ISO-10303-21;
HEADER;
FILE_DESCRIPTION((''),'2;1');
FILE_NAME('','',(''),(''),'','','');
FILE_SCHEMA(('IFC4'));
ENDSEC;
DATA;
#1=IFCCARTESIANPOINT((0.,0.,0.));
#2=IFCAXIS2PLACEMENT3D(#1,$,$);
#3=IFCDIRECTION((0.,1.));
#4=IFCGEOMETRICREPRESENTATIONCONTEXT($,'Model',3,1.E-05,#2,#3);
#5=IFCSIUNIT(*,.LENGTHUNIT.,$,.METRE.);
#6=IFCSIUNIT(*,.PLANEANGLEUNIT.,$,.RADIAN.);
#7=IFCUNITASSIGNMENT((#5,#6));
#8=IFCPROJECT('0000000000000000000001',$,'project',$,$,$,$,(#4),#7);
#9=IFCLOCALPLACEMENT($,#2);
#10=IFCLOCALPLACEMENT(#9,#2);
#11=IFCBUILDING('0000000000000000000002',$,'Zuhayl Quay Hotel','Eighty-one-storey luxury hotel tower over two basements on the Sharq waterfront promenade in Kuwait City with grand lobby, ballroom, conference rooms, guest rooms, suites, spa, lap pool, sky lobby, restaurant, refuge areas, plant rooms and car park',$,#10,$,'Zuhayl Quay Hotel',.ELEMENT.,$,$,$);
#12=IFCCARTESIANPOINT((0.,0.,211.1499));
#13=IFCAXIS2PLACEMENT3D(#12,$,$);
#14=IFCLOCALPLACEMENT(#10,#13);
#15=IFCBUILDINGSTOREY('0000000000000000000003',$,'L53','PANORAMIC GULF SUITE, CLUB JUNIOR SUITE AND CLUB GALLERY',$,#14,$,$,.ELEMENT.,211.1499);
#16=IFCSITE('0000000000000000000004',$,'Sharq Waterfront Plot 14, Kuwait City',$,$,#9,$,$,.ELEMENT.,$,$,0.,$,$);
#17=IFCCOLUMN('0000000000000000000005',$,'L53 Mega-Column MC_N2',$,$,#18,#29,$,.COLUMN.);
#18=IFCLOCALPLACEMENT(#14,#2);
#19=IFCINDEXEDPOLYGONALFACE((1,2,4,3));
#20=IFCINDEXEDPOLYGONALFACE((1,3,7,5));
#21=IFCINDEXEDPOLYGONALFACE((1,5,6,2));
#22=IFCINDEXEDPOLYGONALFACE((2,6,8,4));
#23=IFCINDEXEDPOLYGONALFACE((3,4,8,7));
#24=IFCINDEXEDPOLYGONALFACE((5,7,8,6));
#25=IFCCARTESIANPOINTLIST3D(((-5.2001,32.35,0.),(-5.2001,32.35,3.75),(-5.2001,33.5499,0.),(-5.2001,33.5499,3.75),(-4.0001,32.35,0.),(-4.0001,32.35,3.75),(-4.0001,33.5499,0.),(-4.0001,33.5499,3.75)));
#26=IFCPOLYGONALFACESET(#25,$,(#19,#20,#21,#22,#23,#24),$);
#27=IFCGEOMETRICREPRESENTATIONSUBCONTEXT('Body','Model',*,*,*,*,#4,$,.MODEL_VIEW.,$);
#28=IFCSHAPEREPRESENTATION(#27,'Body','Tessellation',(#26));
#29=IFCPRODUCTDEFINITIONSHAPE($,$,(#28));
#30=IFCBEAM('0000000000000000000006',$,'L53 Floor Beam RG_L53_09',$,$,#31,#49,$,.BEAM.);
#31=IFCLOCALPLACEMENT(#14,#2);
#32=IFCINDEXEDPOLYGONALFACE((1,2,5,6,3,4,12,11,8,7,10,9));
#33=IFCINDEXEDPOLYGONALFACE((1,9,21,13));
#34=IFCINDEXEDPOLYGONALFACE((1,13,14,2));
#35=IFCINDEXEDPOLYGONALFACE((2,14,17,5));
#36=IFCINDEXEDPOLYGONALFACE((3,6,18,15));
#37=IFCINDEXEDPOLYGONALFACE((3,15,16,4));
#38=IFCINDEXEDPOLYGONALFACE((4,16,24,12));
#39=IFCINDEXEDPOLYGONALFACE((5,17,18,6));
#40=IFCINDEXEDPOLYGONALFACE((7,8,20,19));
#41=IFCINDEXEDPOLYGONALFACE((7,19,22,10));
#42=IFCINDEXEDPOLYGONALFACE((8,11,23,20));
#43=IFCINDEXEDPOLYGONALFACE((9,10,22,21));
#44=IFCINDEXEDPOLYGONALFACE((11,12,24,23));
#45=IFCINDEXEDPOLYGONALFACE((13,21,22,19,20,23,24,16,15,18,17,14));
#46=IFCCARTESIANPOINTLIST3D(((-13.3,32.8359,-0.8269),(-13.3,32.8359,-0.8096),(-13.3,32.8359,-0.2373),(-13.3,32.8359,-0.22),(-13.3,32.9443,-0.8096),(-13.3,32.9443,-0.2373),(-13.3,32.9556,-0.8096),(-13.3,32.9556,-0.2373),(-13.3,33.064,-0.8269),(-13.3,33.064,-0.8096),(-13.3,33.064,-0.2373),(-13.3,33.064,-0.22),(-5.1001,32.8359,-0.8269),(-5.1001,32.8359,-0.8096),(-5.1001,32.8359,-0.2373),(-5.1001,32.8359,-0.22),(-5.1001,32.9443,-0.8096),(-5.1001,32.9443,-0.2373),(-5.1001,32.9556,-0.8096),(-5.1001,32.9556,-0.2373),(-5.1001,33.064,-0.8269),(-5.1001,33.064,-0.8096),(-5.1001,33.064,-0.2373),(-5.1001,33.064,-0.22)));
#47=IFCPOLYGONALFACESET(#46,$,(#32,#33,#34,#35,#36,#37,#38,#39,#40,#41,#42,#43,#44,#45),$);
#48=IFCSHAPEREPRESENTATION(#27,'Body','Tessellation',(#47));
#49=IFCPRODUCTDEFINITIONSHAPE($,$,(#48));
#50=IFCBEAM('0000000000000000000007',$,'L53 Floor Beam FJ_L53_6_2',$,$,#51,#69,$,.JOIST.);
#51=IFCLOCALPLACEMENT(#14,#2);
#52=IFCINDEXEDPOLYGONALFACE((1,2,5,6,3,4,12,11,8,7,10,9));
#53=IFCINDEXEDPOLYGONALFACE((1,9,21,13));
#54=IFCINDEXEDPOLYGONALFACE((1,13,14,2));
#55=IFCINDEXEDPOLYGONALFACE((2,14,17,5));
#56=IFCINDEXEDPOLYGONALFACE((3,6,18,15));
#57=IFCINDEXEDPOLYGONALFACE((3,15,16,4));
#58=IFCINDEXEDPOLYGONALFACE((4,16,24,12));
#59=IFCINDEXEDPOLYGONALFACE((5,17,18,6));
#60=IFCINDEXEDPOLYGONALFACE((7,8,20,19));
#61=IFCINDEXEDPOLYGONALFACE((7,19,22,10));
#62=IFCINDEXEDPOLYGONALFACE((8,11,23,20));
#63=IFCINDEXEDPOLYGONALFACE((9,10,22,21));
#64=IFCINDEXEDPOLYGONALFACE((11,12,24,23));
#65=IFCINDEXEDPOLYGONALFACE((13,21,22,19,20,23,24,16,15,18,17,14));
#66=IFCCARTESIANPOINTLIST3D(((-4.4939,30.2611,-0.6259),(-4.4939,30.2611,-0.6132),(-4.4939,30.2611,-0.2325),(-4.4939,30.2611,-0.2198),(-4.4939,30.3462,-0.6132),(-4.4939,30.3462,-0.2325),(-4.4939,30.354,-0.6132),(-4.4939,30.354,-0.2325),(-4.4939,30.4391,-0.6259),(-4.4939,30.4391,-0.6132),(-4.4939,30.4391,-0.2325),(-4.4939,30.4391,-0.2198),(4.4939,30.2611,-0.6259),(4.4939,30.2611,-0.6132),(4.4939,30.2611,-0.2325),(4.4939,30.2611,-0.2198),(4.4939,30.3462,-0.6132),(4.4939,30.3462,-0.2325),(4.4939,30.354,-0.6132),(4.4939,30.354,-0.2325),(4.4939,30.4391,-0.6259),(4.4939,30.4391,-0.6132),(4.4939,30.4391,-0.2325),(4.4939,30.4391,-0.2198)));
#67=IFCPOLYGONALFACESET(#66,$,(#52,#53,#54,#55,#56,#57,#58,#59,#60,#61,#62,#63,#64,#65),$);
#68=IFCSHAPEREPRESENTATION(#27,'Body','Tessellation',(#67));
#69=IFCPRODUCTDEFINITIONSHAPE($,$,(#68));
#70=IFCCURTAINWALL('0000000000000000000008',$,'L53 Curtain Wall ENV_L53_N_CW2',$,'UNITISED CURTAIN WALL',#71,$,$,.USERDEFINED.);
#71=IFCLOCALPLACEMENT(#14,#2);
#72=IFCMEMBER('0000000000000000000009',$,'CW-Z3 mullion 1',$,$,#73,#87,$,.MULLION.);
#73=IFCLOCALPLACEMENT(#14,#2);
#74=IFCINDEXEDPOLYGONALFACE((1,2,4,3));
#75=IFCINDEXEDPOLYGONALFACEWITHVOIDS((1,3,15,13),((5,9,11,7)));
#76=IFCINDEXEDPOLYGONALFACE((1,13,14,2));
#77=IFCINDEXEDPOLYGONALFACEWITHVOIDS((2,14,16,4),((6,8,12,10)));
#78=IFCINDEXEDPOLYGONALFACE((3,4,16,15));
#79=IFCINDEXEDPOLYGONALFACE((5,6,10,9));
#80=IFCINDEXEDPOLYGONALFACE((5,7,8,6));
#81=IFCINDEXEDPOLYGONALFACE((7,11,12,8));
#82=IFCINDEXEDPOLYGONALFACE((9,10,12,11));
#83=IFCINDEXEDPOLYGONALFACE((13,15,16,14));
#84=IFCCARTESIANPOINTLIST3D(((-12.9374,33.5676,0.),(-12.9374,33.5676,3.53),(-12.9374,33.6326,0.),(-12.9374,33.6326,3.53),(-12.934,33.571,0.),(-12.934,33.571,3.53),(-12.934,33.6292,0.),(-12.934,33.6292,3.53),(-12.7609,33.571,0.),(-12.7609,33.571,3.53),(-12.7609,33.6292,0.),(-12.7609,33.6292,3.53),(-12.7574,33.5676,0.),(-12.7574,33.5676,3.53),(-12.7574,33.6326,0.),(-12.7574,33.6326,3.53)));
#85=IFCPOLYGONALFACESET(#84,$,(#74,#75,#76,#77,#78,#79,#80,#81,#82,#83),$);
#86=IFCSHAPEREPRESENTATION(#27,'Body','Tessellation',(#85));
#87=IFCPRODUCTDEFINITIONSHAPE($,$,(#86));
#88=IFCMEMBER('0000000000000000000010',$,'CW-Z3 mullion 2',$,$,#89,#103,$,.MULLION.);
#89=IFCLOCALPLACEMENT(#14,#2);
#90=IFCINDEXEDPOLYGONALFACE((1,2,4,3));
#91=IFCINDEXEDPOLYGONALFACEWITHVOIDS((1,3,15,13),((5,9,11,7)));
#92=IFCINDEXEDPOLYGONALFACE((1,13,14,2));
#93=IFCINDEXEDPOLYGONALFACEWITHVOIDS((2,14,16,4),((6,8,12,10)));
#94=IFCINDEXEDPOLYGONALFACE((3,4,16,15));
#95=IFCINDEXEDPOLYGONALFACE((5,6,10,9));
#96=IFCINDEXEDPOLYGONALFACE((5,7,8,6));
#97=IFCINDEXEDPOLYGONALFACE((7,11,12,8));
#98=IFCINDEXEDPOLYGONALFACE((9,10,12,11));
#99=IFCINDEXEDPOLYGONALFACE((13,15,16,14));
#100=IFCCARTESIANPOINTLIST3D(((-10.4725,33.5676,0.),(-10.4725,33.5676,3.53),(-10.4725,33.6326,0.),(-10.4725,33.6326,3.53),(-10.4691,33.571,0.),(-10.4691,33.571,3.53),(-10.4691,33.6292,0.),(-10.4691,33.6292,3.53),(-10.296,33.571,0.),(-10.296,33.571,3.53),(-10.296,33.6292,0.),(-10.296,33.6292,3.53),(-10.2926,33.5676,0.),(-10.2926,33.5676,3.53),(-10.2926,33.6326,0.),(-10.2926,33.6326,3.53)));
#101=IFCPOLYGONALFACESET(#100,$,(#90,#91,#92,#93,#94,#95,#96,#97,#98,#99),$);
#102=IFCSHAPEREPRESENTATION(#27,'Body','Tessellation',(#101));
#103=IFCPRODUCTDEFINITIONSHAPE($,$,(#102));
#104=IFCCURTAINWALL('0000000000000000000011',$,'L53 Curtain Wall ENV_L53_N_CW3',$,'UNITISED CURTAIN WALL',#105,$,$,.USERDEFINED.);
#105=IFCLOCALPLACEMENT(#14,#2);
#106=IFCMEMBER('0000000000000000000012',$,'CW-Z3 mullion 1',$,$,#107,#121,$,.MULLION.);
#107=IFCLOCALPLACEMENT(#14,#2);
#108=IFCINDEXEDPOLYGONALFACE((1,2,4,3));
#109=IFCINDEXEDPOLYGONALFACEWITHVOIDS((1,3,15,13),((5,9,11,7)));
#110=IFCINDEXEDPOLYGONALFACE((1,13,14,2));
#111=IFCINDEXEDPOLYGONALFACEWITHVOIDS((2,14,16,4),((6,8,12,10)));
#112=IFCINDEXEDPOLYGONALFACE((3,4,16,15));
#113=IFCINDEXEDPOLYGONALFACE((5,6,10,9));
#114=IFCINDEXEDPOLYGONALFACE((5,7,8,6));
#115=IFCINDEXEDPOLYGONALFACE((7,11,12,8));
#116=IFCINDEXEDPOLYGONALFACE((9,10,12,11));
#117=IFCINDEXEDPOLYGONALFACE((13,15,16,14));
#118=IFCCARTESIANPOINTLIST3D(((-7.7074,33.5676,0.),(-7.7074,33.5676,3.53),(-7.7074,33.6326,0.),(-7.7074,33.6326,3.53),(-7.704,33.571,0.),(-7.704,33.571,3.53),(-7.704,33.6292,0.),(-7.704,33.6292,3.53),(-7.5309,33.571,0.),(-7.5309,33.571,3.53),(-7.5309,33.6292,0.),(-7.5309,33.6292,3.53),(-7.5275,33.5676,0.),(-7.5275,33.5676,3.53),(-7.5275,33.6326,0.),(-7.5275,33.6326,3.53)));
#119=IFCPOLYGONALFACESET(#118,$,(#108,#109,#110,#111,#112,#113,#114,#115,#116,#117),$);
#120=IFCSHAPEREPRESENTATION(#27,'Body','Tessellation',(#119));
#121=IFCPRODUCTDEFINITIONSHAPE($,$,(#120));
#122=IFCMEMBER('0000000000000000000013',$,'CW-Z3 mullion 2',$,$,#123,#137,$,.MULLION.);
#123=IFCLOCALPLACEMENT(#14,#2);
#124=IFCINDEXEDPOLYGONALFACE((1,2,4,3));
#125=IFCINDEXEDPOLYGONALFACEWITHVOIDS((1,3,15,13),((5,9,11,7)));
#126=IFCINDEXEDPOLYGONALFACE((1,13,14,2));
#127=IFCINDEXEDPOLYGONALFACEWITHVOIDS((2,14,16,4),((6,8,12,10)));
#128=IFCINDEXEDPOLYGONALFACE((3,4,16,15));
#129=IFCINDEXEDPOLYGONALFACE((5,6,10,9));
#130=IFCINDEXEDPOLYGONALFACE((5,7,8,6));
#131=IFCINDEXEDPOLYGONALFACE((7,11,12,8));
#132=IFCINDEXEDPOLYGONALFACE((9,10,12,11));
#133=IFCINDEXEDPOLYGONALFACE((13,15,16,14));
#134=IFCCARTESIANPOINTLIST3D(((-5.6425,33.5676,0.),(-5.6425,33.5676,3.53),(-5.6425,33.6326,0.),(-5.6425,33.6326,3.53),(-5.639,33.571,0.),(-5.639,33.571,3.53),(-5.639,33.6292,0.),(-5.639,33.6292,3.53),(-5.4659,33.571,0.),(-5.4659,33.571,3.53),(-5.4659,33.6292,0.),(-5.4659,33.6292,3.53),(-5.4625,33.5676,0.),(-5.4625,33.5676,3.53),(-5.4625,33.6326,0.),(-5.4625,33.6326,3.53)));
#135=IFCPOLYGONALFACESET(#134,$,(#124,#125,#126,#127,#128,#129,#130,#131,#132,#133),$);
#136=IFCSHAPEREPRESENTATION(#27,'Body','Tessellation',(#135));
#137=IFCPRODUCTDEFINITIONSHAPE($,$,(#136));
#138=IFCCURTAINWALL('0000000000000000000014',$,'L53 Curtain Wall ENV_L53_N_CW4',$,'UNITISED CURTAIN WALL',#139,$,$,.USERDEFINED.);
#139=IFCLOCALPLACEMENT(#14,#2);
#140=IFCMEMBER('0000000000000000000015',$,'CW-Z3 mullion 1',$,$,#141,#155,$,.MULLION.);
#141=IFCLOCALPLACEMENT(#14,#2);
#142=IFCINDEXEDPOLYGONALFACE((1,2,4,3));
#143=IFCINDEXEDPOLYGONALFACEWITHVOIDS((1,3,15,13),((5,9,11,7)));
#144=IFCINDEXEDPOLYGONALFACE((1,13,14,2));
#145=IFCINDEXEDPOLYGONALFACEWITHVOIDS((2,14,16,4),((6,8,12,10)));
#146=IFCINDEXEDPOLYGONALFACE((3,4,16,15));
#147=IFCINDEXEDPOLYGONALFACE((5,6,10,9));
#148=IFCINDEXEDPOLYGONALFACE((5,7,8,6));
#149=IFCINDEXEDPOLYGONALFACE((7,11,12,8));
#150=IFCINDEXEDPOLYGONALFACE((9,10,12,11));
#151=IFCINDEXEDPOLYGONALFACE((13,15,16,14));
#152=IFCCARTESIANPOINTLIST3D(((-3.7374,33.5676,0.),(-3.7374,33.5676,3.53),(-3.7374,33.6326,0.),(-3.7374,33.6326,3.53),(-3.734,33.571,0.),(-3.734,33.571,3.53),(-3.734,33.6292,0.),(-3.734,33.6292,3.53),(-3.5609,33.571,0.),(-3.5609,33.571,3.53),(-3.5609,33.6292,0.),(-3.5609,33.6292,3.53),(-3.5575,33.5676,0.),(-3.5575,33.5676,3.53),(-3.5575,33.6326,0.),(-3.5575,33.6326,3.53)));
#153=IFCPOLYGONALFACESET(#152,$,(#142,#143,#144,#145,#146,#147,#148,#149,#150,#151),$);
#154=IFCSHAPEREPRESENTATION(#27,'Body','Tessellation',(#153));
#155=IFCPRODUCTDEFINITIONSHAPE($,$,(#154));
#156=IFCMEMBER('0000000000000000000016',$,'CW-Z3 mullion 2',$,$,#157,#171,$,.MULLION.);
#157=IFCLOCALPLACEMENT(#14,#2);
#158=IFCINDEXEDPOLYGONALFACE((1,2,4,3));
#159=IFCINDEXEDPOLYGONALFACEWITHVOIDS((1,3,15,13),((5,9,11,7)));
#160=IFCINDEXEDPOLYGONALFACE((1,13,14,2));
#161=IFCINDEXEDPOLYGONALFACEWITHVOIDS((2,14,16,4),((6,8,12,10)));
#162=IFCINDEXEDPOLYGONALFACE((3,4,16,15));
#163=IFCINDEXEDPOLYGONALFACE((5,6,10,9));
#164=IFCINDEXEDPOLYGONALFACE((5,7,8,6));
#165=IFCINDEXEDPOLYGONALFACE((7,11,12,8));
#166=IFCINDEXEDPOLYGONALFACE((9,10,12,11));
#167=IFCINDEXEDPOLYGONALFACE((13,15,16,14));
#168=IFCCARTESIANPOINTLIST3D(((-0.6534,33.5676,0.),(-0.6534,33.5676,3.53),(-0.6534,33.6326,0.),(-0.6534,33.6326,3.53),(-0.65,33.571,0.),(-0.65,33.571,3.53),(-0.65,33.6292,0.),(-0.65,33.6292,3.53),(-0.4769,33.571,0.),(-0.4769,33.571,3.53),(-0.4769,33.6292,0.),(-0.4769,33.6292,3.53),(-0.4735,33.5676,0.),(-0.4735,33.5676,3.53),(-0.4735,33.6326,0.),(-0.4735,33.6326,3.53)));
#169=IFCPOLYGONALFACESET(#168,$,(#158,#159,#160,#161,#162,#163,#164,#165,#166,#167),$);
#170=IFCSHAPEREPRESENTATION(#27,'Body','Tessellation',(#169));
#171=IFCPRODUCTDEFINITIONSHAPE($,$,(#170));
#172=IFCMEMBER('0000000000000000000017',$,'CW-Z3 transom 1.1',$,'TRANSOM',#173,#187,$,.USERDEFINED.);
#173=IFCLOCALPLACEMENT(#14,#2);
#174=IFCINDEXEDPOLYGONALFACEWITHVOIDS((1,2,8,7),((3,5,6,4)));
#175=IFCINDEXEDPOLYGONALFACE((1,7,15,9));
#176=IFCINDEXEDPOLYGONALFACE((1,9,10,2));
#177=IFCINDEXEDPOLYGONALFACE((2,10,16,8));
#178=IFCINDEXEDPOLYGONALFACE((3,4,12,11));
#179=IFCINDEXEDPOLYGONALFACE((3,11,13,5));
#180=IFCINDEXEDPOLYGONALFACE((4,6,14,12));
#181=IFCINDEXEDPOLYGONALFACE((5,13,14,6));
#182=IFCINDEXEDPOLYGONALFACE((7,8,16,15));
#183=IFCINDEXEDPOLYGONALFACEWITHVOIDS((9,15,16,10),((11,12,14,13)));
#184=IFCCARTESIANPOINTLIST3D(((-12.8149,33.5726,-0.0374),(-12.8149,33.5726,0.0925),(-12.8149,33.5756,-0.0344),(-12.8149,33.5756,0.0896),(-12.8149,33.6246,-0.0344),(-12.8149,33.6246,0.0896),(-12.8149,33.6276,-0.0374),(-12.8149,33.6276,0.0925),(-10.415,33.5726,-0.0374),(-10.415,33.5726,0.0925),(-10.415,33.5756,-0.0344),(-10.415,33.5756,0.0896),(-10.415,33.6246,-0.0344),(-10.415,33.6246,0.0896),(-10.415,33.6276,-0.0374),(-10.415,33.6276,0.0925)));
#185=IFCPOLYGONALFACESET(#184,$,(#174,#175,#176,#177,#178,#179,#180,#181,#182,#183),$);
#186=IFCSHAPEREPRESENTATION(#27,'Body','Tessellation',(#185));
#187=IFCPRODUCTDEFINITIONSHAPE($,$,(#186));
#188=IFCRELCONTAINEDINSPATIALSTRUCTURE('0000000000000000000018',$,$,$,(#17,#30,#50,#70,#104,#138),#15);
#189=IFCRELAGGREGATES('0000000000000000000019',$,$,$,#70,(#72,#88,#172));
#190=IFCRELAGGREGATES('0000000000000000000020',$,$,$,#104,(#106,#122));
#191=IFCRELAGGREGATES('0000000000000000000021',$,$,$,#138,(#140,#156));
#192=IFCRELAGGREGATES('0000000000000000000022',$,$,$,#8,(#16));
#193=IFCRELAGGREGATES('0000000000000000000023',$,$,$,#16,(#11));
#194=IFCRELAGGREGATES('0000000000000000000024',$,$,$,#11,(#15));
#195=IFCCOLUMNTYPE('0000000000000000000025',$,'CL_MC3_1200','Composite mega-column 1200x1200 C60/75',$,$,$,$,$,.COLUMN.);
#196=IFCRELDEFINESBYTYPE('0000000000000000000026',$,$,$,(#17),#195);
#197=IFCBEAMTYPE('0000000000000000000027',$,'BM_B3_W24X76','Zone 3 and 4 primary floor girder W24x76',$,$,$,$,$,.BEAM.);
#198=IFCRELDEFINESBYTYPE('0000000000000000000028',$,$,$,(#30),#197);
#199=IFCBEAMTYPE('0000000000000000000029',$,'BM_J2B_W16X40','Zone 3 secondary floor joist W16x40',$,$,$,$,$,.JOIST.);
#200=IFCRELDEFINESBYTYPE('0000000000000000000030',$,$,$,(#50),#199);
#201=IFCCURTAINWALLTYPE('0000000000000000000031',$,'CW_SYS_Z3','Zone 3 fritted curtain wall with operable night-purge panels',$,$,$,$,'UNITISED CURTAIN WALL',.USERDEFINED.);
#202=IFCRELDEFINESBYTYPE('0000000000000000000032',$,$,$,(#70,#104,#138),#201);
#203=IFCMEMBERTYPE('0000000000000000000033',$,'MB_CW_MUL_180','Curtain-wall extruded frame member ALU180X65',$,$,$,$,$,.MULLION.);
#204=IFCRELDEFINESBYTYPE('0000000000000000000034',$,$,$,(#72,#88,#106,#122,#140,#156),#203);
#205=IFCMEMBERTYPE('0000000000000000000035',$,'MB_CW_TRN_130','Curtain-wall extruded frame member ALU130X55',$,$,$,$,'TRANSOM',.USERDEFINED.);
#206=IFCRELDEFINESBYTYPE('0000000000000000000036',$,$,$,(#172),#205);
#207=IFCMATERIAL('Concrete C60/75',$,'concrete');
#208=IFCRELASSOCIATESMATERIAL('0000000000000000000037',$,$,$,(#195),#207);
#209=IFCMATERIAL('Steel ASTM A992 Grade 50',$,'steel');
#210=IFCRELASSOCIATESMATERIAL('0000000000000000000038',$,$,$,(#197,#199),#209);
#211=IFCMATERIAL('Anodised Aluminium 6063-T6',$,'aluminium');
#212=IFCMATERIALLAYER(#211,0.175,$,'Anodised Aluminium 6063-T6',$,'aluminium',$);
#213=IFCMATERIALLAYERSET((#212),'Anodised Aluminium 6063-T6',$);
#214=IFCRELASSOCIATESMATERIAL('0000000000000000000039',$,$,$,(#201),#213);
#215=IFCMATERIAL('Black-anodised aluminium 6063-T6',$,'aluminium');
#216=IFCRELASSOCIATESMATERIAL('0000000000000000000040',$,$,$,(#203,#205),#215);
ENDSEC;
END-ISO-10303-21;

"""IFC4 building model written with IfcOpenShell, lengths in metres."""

from ifc_helpers import new_model, si_unit, direction, frame, origin, origin_2d, place, context, subcontext, project, spatial, rectangle, hollow_rectangle, i_section, extrude, material, layer, layer_set, material_profile, profile_set, type_object, element, aggregate, save


model = new_model("IFC4")

# Units and contexts
model_context = context("Model", 3, precision=1e-05, world=origin(), true_north=direction((0.0, 1.0)))
body_context = subcontext(model_context, "Body", "Model", "MODEL_VIEW")
ifc_project = project(units=[si_unit("LENGTHUNIT", "METRE"), si_unit("PLANEANGLEUNIT", "RADIAN")], contexts=[model_context])

# Site, building, storey
site_placement = place(None, origin())
site = spatial("IfcSite", under=ifc_project, at=site_placement, Name="Sharq Waterfront Plot 14, Kuwait City", CompositionType="ELEMENT", RefElevation=0.0)
building_placement = place(site_placement, origin())
building = spatial("IfcBuilding", under=site, at=building_placement, Name="Zuhayl Quay Hotel", Description="Eighty-one-storey luxury hotel tower over two basements on the Sharq waterfront promenade in Kuwait City with grand lobby, ballroom, conference rooms, guest rooms, suites, spa, lap pool, sky lobby, restaurant, refuge areas, plant rooms and car park", LongName="Zuhayl Quay Hotel", CompositionType="ELEMENT")
storey_placement = place(building_placement, frame((0.0, 0.0, 211.1499)))
storey = spatial("IfcBuildingStorey", under=building, at=storey_placement, Name="L53", Description="PANORAMIC GULF SUITE, CLUB JUNIOR SUITE AND CLUB GALLERY", CompositionType="ELEMENT", Elevation=211.1499)

# Column
ifc_material_1 = material(Name="Concrete C60/75", Category="concrete")
ifc_material_profile_1 = material_profile(ifc_material_1, rectangle(XDim=1.2, YDim=1.2, at=origin_2d()), Name="RC1200X1200")
ifc_profile_set_1 = profile_set([ifc_material_profile_1], Name="Concrete C60/75")
column_type = type_object("IfcColumnType", Name="CL_MC3_1200", Description="Composite mega-column 1200x1200 C60/75", PredefinedType="COLUMN", material=ifc_profile_set_1)
column_placement = place(storey_placement, frame((-4.6001, 32.95, 0.0), z_axis=(0.0, 0.0, 1.0), x_axis=(1.0, 0.0, 0.0)))
element("IfcColumn", 1, at=column_placement, inside=storey, type_object=column_type, Name="L53 Mega-Column MC_N2", PredefinedType="COLUMN", context=body_context, shape_type="SweptSolid", body=[
    extrude(rectangle(XDim=1.2, YDim=1.2, at=origin_2d()), origin(), (0.0, 0.0, 1.0), 3.75),
])

# Beams
ifc_material_2 = material(Name="Steel ASTM A992 Grade 50", Category="steel")
ifc_material_profile_2 = material_profile(ifc_material_2, i_section(OverallWidth=0.228, OverallDepth=0.6069, WebThickness=0.0112, FlangeThickness=0.0173, at=origin_2d()), Name="W24X76")
ifc_profile_set_2 = profile_set([ifc_material_profile_2], Name="Steel ASTM A992 Grade 50")
beam_type_1 = type_object("IfcBeamType", Name="BM_B3_W24X76", Description="Zone 3 and 4 primary floor girder W24x76", PredefinedType="BEAM", material=ifc_profile_set_2)
beam_1_placement = place(storey_placement, frame((-5.1001, 32.95, -0.5234), z_axis=(-1.0, 0.0, 0.0), x_axis=(0.0, -1.0, 0.0)))
element("IfcBeam", 2, at=beam_1_placement, inside=storey, type_object=beam_type_1, Name="L53 Floor Beam RG_L53_09", PredefinedType="BEAM", context=body_context, shape_type="SweptSolid", body=[
    extrude(i_section(OverallWidth=0.228, OverallDepth=0.6069, WebThickness=0.0112, FlangeThickness=0.0173, at=origin_2d()), origin(), (0.0, 0.0, 1.0), 8.2),
])
ifc_material_profile_3 = material_profile(ifc_material_2, i_section(OverallWidth=0.178, OverallDepth=0.406, WebThickness=0.0078, FlangeThickness=0.0127, at=origin_2d()), Name="W16X40")
ifc_profile_set_3 = profile_set([ifc_material_profile_3], Name="Steel ASTM A992 Grade 50")
beam_type_2 = type_object("IfcBeamType", Name="BM_J2B_W16X40", Description="Zone 3 secondary floor joist W16x40", PredefinedType="JOIST", material=ifc_profile_set_3)
beam_2_placement = place(storey_placement, frame((-4.4939, 30.3501, -0.4229), z_axis=(1.0, 0.0, 0.0), x_axis=(0.0, 1.0, 0.0)))
element("IfcBeam", 3, at=beam_2_placement, inside=storey, type_object=beam_type_2, Name="L53 Floor Beam FJ_L53_6_2", PredefinedType="JOIST", context=body_context, shape_type="SweptSolid", body=[
    extrude(i_section(OverallWidth=0.178, OverallDepth=0.406, WebThickness=0.0078, FlangeThickness=0.0127, at=origin_2d()), origin(), (0.0, 0.0, 1.0), 8.9878),
])

# Curtain walls, members
ifc_material_3 = material(Name="Anodised Aluminium 6063-T6", Category="aluminium")
ifc_layer_1 = layer(ifc_material_3, 0.175, Name="Anodised Aluminium 6063-T6", Category="aluminium")
ifc_layer_set_1 = layer_set([ifc_layer_1], Name="Anodised Aluminium 6063-T6")
curtain_wall_type = type_object("IfcCurtainWallType", Name="CW_SYS_Z3", Description="Zone 3 fritted curtain wall with operable night-purge panels", ElementType="UNITISED CURTAIN WALL", PredefinedType="USERDEFINED", material=ifc_layer_set_1)
curtain_wall_1_placement = place(storey_placement, origin())
curtain_wall_1 = element("IfcCurtainWall", 4, at=curtain_wall_1_placement, inside=storey, type_object=curtain_wall_type, Name="L53 Curtain Wall ENV_L53_N_CW2", ObjectType="UNITISED CURTAIN WALL", PredefinedType="USERDEFINED")
ifc_material_4 = material(Name="Black-anodised aluminium 6063-T6", Category="aluminium")
ifc_material_profile_4 = material_profile(ifc_material_4, hollow_rectangle(XDim=0.0649, YDim=0.1799, WallThickness=0.0034, at=origin_2d()), Name="ALU180X65")
ifc_profile_set_4 = profile_set([ifc_material_profile_4], Name="Black-anodised aluminium 6063-T6")
member_type_1 = type_object("IfcMemberType", Name="MB_CW_MUL_180", Description="Curtain-wall extruded frame member ALU180X65", PredefinedType="MULLION", material=ifc_profile_set_4)
member_1_placement = place(storey_placement, frame((-12.8474, 33.6001, 0.0), z_axis=(0.0, 0.0, 1.0), x_axis=(0.0, 1.0, 0.0)))
member_1 = element("IfcMember", 5, at=member_1_placement, type_object=member_type_1, Name="CW-Z3 mullion 1", PredefinedType="MULLION", context=body_context, shape_type="SweptSolid", body=[
    extrude(hollow_rectangle(XDim=0.0649, YDim=0.1799, WallThickness=0.0034, at=origin_2d()), origin(), (0.0, 0.0, 1.0), 3.53),
])
member_2_placement = place(storey_placement, frame((-10.3826, 33.6001, 0.0), z_axis=(0.0, 0.0, 1.0), x_axis=(0.0, 1.0, 0.0)))
member_2 = element("IfcMember", 6, at=member_2_placement, type_object=member_type_1, Name="CW-Z3 mullion 2", PredefinedType="MULLION", context=body_context, shape_type="SweptSolid", body=[
    extrude(hollow_rectangle(XDim=0.0649, YDim=0.1799, WallThickness=0.0034, at=origin_2d()), origin(), (0.0, 0.0, 1.0), 3.53),
])
curtain_wall_2_placement = place(storey_placement, origin())
curtain_wall_2 = element("IfcCurtainWall", 7, at=curtain_wall_2_placement, inside=storey, type_object=curtain_wall_type, Name="L53 Curtain Wall ENV_L53_N_CW3", ObjectType="UNITISED CURTAIN WALL", PredefinedType="USERDEFINED")
member_3_placement = place(storey_placement, frame((-7.6174, 33.6001, 0.0), z_axis=(0.0, 0.0, 1.0), x_axis=(0.0, 1.0, 0.0)))
member_3 = element("IfcMember", 8, at=member_3_placement, type_object=member_type_1, Name="CW-Z3 mullion 1", PredefinedType="MULLION", context=body_context, shape_type="SweptSolid", body=[
    extrude(hollow_rectangle(XDim=0.0649, YDim=0.1799, WallThickness=0.0034, at=origin_2d()), origin(), (0.0, 0.0, 1.0), 3.53),
])
member_4_placement = place(storey_placement, frame((-5.5525, 33.6001, 0.0), z_axis=(0.0, 0.0, 1.0), x_axis=(0.0, 1.0, 0.0)))
member_4 = element("IfcMember", 9, at=member_4_placement, type_object=member_type_1, Name="CW-Z3 mullion 2", PredefinedType="MULLION", context=body_context, shape_type="SweptSolid", body=[
    extrude(hollow_rectangle(XDim=0.0649, YDim=0.1799, WallThickness=0.0034, at=origin_2d()), origin(), (0.0, 0.0, 1.0), 3.53),
])
curtain_wall_3_placement = place(storey_placement, origin())
curtain_wall_3 = element("IfcCurtainWall", 10, at=curtain_wall_3_placement, inside=storey, type_object=curtain_wall_type, Name="L53 Curtain Wall ENV_L53_N_CW4", ObjectType="UNITISED CURTAIN WALL", PredefinedType="USERDEFINED")
member_5_placement = place(storey_placement, frame((-3.6475, 33.6001, 0.0), z_axis=(0.0, 0.0, 1.0), x_axis=(0.0, 1.0, 0.0)))
member_5 = element("IfcMember", 11, at=member_5_placement, type_object=member_type_1, Name="CW-Z3 mullion 1", PredefinedType="MULLION", context=body_context, shape_type="SweptSolid", body=[
    extrude(hollow_rectangle(XDim=0.0649, YDim=0.1799, WallThickness=0.0034, at=origin_2d()), origin(), (0.0, 0.0, 1.0), 3.53),
])
member_6_placement = place(storey_placement, frame((-0.5635, 33.6001, 0.0), z_axis=(0.0, 0.0, 1.0), x_axis=(0.0, 1.0, 0.0)))
member_6 = element("IfcMember", 12, at=member_6_placement, type_object=member_type_1, Name="CW-Z3 mullion 2", PredefinedType="MULLION", context=body_context, shape_type="SweptSolid", body=[
    extrude(hollow_rectangle(XDim=0.0649, YDim=0.1799, WallThickness=0.0034, at=origin_2d()), origin(), (0.0, 0.0, 1.0), 3.53),
])

# Member
ifc_material_profile_5 = material_profile(ifc_material_4, hollow_rectangle(XDim=0.0549, YDim=0.1299, WallThickness=0.0029, at=origin_2d()), Name="ALU130X55")
ifc_profile_set_5 = profile_set([ifc_material_profile_5], Name="Black-anodised aluminium 6063-T6")
member_type_2 = type_object("IfcMemberType", Name="MB_CW_TRN_130", Description="Curtain-wall extruded frame member ALU130X55", ElementType="TRANSOM", PredefinedType="USERDEFINED", material=ifc_profile_set_5)
member_7_placement = place(storey_placement, frame((-12.8149, 33.6001, 0.0276), z_axis=(1.0, 0.0, 0.0), x_axis=(0.0, 1.0, 0.0)))
member_7 = element("IfcMember", 13, at=member_7_placement, type_object=member_type_2, Name="CW-Z3 transom 1.1", ObjectType="TRANSOM", PredefinedType="USERDEFINED", context=body_context, shape_type="SweptSolid", body=[
    extrude(hollow_rectangle(XDim=0.0549, YDim=0.1299, WallThickness=0.0029, at=origin_2d()), origin(), (0.0, 0.0, 1.0), 2.3999),
])

aggregate(curtain_wall_1, [member_1, member_2, member_7])
aggregate(curtain_wall_2, [member_3, member_4])
aggregate(curtain_wall_3, [member_5, member_6])

save(model, "model.ifc")
